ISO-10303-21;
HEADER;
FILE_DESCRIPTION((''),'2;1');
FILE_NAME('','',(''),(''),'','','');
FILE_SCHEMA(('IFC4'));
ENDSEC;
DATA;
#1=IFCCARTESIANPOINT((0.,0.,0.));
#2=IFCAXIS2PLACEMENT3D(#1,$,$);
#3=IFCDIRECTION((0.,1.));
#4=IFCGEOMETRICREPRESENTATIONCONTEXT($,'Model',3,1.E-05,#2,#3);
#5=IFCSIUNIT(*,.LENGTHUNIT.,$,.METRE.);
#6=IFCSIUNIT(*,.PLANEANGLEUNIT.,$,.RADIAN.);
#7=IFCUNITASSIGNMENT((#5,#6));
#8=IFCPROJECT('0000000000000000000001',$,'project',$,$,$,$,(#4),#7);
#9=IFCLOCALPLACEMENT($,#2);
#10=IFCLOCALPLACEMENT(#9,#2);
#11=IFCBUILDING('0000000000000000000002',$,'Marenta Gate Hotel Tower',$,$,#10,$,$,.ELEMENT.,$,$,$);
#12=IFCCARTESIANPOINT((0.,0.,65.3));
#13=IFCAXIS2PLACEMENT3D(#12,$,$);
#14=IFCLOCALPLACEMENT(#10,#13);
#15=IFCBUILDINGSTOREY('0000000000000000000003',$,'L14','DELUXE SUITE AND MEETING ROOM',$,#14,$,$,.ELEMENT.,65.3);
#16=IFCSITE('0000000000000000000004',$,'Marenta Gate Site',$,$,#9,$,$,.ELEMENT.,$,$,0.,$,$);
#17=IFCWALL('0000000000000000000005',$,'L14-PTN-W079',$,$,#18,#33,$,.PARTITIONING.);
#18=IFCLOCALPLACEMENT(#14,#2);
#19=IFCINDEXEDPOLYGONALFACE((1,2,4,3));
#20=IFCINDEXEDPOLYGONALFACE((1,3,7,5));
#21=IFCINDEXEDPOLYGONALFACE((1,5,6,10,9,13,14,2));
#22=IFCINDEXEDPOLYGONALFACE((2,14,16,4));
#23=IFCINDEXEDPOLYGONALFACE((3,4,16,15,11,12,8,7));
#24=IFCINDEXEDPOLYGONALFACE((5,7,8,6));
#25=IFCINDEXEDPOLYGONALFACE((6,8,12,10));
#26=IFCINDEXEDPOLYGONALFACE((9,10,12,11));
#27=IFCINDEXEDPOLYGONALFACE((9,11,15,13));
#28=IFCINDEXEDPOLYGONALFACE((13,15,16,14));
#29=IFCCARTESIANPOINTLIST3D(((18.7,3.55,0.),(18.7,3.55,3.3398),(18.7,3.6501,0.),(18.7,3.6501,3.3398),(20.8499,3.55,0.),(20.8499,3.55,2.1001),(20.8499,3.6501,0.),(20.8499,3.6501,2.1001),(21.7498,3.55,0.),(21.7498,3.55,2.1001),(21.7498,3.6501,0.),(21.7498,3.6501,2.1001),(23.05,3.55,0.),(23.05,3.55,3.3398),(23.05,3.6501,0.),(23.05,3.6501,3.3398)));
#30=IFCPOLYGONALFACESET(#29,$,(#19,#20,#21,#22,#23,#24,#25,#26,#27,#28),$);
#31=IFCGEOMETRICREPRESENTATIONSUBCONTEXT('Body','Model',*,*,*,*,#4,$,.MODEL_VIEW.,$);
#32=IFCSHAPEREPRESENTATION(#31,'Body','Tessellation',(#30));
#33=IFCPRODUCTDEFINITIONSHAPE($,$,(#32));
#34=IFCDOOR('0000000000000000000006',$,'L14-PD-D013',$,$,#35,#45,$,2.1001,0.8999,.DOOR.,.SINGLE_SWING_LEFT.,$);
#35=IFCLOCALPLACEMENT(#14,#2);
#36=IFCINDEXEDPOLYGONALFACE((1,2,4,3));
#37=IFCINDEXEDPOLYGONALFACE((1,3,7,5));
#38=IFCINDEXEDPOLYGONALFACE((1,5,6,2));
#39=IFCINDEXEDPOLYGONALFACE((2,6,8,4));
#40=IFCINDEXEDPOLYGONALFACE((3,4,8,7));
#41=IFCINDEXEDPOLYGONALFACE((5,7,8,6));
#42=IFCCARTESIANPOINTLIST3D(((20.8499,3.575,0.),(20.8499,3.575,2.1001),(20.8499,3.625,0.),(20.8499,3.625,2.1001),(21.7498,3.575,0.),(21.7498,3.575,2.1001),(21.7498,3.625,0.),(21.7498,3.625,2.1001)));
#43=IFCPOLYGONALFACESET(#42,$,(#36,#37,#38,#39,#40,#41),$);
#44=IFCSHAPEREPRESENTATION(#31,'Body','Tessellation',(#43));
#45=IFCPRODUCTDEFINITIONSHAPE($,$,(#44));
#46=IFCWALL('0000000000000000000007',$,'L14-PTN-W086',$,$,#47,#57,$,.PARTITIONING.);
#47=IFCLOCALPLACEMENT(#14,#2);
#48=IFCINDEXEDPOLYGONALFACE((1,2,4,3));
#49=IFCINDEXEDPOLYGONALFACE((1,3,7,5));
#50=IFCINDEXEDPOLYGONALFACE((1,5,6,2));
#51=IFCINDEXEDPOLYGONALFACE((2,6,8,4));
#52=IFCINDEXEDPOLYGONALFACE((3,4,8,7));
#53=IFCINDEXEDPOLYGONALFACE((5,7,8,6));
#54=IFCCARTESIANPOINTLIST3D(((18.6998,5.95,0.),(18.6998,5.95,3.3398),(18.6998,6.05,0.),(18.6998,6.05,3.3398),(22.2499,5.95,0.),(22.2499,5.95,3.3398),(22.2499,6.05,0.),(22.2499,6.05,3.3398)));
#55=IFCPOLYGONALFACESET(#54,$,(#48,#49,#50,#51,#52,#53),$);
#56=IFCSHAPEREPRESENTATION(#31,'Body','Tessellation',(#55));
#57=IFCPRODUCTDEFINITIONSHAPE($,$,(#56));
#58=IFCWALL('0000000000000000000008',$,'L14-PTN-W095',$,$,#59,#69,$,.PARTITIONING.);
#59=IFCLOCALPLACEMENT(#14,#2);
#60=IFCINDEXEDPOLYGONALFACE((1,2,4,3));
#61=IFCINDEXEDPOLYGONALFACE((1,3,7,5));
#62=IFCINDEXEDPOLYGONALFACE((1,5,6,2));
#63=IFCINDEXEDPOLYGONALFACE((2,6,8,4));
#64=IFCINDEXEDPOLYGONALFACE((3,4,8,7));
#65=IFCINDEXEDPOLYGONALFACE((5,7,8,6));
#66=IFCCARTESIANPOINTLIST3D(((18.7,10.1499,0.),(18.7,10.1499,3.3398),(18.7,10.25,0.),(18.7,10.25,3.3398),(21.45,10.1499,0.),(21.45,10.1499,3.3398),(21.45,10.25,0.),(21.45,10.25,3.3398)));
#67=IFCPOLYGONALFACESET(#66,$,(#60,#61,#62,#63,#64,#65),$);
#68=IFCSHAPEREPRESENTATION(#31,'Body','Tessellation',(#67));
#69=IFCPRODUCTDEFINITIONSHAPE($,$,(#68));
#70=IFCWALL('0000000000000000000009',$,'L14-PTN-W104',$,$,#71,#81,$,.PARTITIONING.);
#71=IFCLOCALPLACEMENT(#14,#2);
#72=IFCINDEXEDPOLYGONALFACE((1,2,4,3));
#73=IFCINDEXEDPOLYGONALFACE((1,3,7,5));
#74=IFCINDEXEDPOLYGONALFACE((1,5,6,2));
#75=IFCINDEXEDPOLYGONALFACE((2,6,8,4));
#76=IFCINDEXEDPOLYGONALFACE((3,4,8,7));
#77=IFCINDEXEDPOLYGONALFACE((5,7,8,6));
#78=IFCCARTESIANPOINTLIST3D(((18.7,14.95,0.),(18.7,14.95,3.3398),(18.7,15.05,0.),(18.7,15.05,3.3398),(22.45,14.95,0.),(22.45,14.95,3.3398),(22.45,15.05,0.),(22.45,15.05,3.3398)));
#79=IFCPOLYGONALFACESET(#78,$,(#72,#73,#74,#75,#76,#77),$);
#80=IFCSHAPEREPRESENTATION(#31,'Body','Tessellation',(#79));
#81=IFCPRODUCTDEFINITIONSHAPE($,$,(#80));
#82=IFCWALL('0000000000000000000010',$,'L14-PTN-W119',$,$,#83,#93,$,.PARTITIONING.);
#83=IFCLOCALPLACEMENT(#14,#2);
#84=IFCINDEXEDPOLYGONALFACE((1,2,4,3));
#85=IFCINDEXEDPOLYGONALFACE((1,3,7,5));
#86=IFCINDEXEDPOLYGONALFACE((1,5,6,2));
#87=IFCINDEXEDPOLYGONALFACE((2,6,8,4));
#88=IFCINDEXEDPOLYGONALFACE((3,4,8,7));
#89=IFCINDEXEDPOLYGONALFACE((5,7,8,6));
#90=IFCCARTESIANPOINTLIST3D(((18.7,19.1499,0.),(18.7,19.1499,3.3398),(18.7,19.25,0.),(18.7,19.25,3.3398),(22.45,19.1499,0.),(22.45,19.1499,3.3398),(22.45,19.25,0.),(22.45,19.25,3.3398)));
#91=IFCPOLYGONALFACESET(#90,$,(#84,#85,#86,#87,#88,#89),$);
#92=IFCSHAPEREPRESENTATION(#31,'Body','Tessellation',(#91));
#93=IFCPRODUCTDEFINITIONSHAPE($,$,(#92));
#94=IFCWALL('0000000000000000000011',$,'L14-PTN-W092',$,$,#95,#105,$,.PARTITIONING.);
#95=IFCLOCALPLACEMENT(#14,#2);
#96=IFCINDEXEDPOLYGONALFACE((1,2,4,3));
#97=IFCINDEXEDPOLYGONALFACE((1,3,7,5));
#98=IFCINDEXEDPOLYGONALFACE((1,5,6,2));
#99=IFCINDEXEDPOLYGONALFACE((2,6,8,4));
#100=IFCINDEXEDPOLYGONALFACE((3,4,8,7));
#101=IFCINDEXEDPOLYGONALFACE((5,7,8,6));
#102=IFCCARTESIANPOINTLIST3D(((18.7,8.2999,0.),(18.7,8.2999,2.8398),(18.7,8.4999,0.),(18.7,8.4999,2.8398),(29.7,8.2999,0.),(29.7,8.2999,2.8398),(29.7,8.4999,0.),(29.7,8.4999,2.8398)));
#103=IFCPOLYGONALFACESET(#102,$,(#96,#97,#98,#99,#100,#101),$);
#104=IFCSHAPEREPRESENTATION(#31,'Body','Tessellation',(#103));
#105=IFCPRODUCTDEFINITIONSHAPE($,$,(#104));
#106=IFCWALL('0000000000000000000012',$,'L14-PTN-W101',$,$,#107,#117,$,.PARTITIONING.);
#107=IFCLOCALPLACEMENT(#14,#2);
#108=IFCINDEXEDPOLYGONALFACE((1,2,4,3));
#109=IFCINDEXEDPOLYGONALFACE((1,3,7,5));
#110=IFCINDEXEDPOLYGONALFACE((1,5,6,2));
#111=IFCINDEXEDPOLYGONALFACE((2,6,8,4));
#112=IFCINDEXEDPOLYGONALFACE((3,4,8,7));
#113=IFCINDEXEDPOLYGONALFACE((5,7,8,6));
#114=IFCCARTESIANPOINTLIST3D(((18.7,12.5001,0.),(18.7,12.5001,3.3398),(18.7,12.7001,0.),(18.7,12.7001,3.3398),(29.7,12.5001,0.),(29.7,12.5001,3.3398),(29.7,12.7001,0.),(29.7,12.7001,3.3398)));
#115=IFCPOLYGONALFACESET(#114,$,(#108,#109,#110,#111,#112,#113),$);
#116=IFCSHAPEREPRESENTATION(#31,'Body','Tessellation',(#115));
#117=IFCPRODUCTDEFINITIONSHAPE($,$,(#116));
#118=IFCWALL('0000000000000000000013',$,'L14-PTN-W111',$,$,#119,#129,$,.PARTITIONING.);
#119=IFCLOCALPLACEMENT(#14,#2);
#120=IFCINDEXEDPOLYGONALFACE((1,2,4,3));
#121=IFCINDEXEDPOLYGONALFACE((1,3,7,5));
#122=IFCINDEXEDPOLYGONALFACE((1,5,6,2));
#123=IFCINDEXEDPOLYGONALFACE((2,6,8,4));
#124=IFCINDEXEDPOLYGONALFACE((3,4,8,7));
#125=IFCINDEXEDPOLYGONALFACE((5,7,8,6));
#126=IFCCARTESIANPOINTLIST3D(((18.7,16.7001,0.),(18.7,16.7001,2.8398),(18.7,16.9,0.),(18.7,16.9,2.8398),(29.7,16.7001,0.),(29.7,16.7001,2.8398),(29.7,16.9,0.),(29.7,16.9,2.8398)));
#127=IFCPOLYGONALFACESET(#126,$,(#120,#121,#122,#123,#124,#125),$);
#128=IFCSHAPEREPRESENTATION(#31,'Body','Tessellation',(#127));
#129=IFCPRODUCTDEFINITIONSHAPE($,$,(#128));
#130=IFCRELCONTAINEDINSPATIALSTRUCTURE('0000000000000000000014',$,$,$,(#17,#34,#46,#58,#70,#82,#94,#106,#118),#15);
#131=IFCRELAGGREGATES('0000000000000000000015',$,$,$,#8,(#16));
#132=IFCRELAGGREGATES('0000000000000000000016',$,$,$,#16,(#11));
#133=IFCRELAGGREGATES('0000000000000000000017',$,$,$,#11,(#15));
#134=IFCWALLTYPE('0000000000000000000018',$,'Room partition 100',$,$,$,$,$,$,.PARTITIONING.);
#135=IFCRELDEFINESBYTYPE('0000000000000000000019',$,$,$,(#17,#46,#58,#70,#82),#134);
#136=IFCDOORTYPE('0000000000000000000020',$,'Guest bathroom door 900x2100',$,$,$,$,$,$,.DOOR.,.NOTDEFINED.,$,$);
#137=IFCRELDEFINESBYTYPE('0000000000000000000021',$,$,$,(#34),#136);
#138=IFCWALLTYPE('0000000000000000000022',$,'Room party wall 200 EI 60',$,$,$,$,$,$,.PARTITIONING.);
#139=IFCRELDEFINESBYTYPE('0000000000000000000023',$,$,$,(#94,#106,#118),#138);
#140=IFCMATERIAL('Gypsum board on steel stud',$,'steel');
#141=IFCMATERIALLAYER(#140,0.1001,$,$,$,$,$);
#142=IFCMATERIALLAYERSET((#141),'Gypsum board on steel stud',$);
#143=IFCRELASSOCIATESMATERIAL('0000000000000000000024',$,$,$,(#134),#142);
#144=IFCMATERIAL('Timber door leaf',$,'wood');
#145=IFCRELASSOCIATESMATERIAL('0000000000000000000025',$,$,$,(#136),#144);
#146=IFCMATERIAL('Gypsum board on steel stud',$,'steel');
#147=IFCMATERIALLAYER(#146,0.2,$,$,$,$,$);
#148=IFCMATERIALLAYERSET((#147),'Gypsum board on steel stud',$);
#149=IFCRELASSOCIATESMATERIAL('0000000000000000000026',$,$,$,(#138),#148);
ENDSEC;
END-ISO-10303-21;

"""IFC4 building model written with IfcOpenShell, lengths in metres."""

from ifc_helpers import new_model, si_unit, direction, frame, frame_2d, origin, place, context, subcontext, project, spatial, rectangle, extrude, material, layer, layer_set, type_object, element, fill, save


model = new_model("IFC4")

# Units and contexts
model_context = context("Model", 3, precision=1e-05, world=origin(), true_north=direction((0.0, 1.0)))
body_context = subcontext(model_context, "Body", "Model", "MODEL_VIEW")
ifc_project = project(units=[si_unit("LENGTHUNIT", "METRE"), si_unit("PLANEANGLEUNIT", "RADIAN")], contexts=[model_context])

# Site, building, storey
site_placement = place(None, origin())
site = spatial("IfcSite", under=ifc_project, at=site_placement, Name="Marenta Gate Site", CompositionType="ELEMENT", RefElevation=0.0)
building_placement = place(site_placement, origin())
building = spatial("IfcBuilding", under=site, at=building_placement, Name="Marenta Gate Hotel Tower", CompositionType="ELEMENT")
storey_placement = place(building_placement, frame((0.0, 0.0, 65.3)))
storey = spatial("IfcBuildingStorey", under=building, at=storey_placement, Name="L14", Description="DELUXE SUITE AND MEETING ROOM", CompositionType="ELEMENT", Elevation=65.3)

# Wall, opening, door
ifc_material_1 = material(Name="Gypsum board on steel stud", Category="steel")
ifc_layer_1 = layer(ifc_material_1, 0.1001)
ifc_layer_set_1 = layer_set([ifc_layer_1], Name="Gypsum board on steel stud")
wall_type_1 = type_object("IfcWallType", Name="Room partition 100", PredefinedType="PARTITIONING", material=ifc_layer_set_1)
ifc_material_2 = material(Name="Timber door leaf", Category="wood")
door_type_1 = type_object("IfcDoorType", Name="Guest bathroom door 900x2100", OperationType="NOTDEFINED", PredefinedType="DOOR", material=ifc_material_2)
wall_1_placement = place(storey_placement, frame((18.7, 3.6001, 0.0), z_axis=(0.0, 0.0, 1.0), x_axis=(1.0, 0.0, 0.0)))
wall_1 = element("IfcWall", 1, at=wall_1_placement, inside=storey, type_object=wall_type_1, Name="L14-PTN-W079", PredefinedType="PARTITIONING", context=body_context, shape_type="SweptSolid", body=[
    extrude(rectangle(XDim=4.3501, YDim=0.1001, at=frame_2d((2.175, 0.0))), origin(), (0.0, 0.0, 1.0), 3.3398),
])
opening_1_placement = place(wall_1_placement, frame((2.1499, 0.0, 0.0)))
opening_1 = element("IfcOpeningElement", 2, at=opening_1_placement, cuts=wall_1, PredefinedType="OPENING", context=body_context, shape_type="SweptSolid", body=[
    extrude(rectangle(XDim=0.8999, YDim=2.1001, at=frame_2d((0.45, 1.05))), frame((0.0, 0.05, 0.0), z_axis=(0.0, -1.0, 0.0), x_axis=(1.0, 0.0, 0.0)), (0.0, 0.0, 1.0), 0.1001),
])
door_1_placement = place(opening_1_placement, origin())
door_1 = element("IfcDoor", 3, at=door_1_placement, inside=storey, type_object=door_type_1, Name="L14-PD-D013", OperationType="SINGLE_SWING_LEFT", OverallHeight=2.1001, OverallWidth=0.8999, PredefinedType="DOOR", context=body_context, shape_type="SweptSolid", body=[
    extrude(rectangle(XDim=0.8999, YDim=2.1001, at=frame_2d((0.45, 1.05))), frame((0.0, 0.0249, 0.0), z_axis=(0.0, -1.0, 0.0), x_axis=(1.0, 0.0, 0.0)), (0.0, 0.0, 1.0), 0.05),
])
fill(opening_1, door_1)

# Walls
wall_2_placement = place(storey_placement, frame((18.7, 6.0, 0.0), z_axis=(0.0, 0.0, 1.0), x_axis=(1.0, 0.0, 0.0)))
element("IfcWall", 4, at=wall_2_placement, inside=storey, type_object=wall_type_1, Name="L14-PTN-W086", PredefinedType="PARTITIONING", context=body_context, shape_type="SweptSolid", body=[
    extrude(rectangle(XDim=3.55, YDim=0.1001, at=frame_2d((1.7749, 0.0))), origin(), (0.0, 0.0, 1.0), 3.3398),
])
wall_3_placement = place(storey_placement, frame((18.7, 10.2, 0.0), z_axis=(0.0, 0.0, 1.0), x_axis=(1.0, 0.0, 0.0)))
element("IfcWall", 5, at=wall_3_placement, inside=storey, type_object=wall_type_1, Name="L14-PTN-W095", PredefinedType="PARTITIONING", context=body_context, shape_type="SweptSolid", body=[
    extrude(rectangle(XDim=2.75, YDim=0.1001, at=frame_2d((1.375, 0.0))), origin(), (0.0, 0.0, 1.0), 3.3398),
])
for number, where, z_axis, x_axis, name in (
    (6, (18.7, 15.0, 0.0), (0.0, 0.0, 1.0), (1.0, 0.0, 0.0), "L14-PTN-W104"),
    (7, (18.7, 19.2, 0.0), (0.0, 0.0, 1.0), (1.0, 0.0, 0.0), "L14-PTN-W119"),
):
    element("IfcWall", number, at=place(storey_placement, frame(where, z_axis=z_axis, x_axis=x_axis)), inside=storey, type_object=wall_type_1, Name=name, PredefinedType="PARTITIONING", context=body_context, shape_type="SweptSolid", body=[
        extrude(rectangle(XDim=3.75, YDim=0.1001, at=frame_2d((1.875, 0.0))), origin(), (0.0, 0.0, 1.0), 3.3398),
    ])
ifc_material_3 = material(Name="Gypsum board on steel stud", Category="steel")
ifc_layer_2 = layer(ifc_material_3, 0.2)
ifc_layer_set_2 = layer_set([ifc_layer_2], Name="Gypsum board on steel stud")
wall_type_2 = type_object("IfcWallType", Name="Room party wall 200 EI 60", PredefinedType="PARTITIONING", material=ifc_layer_set_2)
wall_4_placement = place(storey_placement, frame((18.7, 8.3999, 0.0), z_axis=(0.0, 0.0, 1.0), x_axis=(1.0, 0.0, 0.0)))
element("IfcWall", 8, at=wall_4_placement, inside=storey, type_object=wall_type_2, Name="L14-PTN-W092", PredefinedType="PARTITIONING", context=body_context, shape_type="SweptSolid", body=[
    extrude(rectangle(XDim=11.0, YDim=0.2, at=frame_2d((5.5, 0.0))), origin(), (0.0, 0.0, 1.0), 2.8398),
])
wall_5_placement = place(storey_placement, frame((18.7, 12.6001, 0.0), z_axis=(0.0, 0.0, 1.0), x_axis=(1.0, 0.0, 0.0)))
element("IfcWall", 9, at=wall_5_placement, inside=storey, type_object=wall_type_2, Name="L14-PTN-W101", PredefinedType="PARTITIONING", context=body_context, shape_type="SweptSolid", body=[
    extrude(rectangle(XDim=11.0, YDim=0.2, at=frame_2d((5.5, 0.0))), origin(), (0.0, 0.0, 1.0), 3.3398),
])
wall_6_placement = place(storey_placement, frame((18.7, 16.8, 0.0), z_axis=(0.0, 0.0, 1.0), x_axis=(1.0, 0.0, 0.0)))
element("IfcWall", 10, at=wall_6_placement, inside=storey, type_object=wall_type_2, Name="L14-PTN-W111", PredefinedType="PARTITIONING", context=body_context, shape_type="SweptSolid", body=[
    extrude(rectangle(XDim=11.0, YDim=0.2, at=frame_2d((5.5, 0.0))), origin(), (0.0, 0.0, 1.0), 2.8398),
])

save(model, "model.ifc")
